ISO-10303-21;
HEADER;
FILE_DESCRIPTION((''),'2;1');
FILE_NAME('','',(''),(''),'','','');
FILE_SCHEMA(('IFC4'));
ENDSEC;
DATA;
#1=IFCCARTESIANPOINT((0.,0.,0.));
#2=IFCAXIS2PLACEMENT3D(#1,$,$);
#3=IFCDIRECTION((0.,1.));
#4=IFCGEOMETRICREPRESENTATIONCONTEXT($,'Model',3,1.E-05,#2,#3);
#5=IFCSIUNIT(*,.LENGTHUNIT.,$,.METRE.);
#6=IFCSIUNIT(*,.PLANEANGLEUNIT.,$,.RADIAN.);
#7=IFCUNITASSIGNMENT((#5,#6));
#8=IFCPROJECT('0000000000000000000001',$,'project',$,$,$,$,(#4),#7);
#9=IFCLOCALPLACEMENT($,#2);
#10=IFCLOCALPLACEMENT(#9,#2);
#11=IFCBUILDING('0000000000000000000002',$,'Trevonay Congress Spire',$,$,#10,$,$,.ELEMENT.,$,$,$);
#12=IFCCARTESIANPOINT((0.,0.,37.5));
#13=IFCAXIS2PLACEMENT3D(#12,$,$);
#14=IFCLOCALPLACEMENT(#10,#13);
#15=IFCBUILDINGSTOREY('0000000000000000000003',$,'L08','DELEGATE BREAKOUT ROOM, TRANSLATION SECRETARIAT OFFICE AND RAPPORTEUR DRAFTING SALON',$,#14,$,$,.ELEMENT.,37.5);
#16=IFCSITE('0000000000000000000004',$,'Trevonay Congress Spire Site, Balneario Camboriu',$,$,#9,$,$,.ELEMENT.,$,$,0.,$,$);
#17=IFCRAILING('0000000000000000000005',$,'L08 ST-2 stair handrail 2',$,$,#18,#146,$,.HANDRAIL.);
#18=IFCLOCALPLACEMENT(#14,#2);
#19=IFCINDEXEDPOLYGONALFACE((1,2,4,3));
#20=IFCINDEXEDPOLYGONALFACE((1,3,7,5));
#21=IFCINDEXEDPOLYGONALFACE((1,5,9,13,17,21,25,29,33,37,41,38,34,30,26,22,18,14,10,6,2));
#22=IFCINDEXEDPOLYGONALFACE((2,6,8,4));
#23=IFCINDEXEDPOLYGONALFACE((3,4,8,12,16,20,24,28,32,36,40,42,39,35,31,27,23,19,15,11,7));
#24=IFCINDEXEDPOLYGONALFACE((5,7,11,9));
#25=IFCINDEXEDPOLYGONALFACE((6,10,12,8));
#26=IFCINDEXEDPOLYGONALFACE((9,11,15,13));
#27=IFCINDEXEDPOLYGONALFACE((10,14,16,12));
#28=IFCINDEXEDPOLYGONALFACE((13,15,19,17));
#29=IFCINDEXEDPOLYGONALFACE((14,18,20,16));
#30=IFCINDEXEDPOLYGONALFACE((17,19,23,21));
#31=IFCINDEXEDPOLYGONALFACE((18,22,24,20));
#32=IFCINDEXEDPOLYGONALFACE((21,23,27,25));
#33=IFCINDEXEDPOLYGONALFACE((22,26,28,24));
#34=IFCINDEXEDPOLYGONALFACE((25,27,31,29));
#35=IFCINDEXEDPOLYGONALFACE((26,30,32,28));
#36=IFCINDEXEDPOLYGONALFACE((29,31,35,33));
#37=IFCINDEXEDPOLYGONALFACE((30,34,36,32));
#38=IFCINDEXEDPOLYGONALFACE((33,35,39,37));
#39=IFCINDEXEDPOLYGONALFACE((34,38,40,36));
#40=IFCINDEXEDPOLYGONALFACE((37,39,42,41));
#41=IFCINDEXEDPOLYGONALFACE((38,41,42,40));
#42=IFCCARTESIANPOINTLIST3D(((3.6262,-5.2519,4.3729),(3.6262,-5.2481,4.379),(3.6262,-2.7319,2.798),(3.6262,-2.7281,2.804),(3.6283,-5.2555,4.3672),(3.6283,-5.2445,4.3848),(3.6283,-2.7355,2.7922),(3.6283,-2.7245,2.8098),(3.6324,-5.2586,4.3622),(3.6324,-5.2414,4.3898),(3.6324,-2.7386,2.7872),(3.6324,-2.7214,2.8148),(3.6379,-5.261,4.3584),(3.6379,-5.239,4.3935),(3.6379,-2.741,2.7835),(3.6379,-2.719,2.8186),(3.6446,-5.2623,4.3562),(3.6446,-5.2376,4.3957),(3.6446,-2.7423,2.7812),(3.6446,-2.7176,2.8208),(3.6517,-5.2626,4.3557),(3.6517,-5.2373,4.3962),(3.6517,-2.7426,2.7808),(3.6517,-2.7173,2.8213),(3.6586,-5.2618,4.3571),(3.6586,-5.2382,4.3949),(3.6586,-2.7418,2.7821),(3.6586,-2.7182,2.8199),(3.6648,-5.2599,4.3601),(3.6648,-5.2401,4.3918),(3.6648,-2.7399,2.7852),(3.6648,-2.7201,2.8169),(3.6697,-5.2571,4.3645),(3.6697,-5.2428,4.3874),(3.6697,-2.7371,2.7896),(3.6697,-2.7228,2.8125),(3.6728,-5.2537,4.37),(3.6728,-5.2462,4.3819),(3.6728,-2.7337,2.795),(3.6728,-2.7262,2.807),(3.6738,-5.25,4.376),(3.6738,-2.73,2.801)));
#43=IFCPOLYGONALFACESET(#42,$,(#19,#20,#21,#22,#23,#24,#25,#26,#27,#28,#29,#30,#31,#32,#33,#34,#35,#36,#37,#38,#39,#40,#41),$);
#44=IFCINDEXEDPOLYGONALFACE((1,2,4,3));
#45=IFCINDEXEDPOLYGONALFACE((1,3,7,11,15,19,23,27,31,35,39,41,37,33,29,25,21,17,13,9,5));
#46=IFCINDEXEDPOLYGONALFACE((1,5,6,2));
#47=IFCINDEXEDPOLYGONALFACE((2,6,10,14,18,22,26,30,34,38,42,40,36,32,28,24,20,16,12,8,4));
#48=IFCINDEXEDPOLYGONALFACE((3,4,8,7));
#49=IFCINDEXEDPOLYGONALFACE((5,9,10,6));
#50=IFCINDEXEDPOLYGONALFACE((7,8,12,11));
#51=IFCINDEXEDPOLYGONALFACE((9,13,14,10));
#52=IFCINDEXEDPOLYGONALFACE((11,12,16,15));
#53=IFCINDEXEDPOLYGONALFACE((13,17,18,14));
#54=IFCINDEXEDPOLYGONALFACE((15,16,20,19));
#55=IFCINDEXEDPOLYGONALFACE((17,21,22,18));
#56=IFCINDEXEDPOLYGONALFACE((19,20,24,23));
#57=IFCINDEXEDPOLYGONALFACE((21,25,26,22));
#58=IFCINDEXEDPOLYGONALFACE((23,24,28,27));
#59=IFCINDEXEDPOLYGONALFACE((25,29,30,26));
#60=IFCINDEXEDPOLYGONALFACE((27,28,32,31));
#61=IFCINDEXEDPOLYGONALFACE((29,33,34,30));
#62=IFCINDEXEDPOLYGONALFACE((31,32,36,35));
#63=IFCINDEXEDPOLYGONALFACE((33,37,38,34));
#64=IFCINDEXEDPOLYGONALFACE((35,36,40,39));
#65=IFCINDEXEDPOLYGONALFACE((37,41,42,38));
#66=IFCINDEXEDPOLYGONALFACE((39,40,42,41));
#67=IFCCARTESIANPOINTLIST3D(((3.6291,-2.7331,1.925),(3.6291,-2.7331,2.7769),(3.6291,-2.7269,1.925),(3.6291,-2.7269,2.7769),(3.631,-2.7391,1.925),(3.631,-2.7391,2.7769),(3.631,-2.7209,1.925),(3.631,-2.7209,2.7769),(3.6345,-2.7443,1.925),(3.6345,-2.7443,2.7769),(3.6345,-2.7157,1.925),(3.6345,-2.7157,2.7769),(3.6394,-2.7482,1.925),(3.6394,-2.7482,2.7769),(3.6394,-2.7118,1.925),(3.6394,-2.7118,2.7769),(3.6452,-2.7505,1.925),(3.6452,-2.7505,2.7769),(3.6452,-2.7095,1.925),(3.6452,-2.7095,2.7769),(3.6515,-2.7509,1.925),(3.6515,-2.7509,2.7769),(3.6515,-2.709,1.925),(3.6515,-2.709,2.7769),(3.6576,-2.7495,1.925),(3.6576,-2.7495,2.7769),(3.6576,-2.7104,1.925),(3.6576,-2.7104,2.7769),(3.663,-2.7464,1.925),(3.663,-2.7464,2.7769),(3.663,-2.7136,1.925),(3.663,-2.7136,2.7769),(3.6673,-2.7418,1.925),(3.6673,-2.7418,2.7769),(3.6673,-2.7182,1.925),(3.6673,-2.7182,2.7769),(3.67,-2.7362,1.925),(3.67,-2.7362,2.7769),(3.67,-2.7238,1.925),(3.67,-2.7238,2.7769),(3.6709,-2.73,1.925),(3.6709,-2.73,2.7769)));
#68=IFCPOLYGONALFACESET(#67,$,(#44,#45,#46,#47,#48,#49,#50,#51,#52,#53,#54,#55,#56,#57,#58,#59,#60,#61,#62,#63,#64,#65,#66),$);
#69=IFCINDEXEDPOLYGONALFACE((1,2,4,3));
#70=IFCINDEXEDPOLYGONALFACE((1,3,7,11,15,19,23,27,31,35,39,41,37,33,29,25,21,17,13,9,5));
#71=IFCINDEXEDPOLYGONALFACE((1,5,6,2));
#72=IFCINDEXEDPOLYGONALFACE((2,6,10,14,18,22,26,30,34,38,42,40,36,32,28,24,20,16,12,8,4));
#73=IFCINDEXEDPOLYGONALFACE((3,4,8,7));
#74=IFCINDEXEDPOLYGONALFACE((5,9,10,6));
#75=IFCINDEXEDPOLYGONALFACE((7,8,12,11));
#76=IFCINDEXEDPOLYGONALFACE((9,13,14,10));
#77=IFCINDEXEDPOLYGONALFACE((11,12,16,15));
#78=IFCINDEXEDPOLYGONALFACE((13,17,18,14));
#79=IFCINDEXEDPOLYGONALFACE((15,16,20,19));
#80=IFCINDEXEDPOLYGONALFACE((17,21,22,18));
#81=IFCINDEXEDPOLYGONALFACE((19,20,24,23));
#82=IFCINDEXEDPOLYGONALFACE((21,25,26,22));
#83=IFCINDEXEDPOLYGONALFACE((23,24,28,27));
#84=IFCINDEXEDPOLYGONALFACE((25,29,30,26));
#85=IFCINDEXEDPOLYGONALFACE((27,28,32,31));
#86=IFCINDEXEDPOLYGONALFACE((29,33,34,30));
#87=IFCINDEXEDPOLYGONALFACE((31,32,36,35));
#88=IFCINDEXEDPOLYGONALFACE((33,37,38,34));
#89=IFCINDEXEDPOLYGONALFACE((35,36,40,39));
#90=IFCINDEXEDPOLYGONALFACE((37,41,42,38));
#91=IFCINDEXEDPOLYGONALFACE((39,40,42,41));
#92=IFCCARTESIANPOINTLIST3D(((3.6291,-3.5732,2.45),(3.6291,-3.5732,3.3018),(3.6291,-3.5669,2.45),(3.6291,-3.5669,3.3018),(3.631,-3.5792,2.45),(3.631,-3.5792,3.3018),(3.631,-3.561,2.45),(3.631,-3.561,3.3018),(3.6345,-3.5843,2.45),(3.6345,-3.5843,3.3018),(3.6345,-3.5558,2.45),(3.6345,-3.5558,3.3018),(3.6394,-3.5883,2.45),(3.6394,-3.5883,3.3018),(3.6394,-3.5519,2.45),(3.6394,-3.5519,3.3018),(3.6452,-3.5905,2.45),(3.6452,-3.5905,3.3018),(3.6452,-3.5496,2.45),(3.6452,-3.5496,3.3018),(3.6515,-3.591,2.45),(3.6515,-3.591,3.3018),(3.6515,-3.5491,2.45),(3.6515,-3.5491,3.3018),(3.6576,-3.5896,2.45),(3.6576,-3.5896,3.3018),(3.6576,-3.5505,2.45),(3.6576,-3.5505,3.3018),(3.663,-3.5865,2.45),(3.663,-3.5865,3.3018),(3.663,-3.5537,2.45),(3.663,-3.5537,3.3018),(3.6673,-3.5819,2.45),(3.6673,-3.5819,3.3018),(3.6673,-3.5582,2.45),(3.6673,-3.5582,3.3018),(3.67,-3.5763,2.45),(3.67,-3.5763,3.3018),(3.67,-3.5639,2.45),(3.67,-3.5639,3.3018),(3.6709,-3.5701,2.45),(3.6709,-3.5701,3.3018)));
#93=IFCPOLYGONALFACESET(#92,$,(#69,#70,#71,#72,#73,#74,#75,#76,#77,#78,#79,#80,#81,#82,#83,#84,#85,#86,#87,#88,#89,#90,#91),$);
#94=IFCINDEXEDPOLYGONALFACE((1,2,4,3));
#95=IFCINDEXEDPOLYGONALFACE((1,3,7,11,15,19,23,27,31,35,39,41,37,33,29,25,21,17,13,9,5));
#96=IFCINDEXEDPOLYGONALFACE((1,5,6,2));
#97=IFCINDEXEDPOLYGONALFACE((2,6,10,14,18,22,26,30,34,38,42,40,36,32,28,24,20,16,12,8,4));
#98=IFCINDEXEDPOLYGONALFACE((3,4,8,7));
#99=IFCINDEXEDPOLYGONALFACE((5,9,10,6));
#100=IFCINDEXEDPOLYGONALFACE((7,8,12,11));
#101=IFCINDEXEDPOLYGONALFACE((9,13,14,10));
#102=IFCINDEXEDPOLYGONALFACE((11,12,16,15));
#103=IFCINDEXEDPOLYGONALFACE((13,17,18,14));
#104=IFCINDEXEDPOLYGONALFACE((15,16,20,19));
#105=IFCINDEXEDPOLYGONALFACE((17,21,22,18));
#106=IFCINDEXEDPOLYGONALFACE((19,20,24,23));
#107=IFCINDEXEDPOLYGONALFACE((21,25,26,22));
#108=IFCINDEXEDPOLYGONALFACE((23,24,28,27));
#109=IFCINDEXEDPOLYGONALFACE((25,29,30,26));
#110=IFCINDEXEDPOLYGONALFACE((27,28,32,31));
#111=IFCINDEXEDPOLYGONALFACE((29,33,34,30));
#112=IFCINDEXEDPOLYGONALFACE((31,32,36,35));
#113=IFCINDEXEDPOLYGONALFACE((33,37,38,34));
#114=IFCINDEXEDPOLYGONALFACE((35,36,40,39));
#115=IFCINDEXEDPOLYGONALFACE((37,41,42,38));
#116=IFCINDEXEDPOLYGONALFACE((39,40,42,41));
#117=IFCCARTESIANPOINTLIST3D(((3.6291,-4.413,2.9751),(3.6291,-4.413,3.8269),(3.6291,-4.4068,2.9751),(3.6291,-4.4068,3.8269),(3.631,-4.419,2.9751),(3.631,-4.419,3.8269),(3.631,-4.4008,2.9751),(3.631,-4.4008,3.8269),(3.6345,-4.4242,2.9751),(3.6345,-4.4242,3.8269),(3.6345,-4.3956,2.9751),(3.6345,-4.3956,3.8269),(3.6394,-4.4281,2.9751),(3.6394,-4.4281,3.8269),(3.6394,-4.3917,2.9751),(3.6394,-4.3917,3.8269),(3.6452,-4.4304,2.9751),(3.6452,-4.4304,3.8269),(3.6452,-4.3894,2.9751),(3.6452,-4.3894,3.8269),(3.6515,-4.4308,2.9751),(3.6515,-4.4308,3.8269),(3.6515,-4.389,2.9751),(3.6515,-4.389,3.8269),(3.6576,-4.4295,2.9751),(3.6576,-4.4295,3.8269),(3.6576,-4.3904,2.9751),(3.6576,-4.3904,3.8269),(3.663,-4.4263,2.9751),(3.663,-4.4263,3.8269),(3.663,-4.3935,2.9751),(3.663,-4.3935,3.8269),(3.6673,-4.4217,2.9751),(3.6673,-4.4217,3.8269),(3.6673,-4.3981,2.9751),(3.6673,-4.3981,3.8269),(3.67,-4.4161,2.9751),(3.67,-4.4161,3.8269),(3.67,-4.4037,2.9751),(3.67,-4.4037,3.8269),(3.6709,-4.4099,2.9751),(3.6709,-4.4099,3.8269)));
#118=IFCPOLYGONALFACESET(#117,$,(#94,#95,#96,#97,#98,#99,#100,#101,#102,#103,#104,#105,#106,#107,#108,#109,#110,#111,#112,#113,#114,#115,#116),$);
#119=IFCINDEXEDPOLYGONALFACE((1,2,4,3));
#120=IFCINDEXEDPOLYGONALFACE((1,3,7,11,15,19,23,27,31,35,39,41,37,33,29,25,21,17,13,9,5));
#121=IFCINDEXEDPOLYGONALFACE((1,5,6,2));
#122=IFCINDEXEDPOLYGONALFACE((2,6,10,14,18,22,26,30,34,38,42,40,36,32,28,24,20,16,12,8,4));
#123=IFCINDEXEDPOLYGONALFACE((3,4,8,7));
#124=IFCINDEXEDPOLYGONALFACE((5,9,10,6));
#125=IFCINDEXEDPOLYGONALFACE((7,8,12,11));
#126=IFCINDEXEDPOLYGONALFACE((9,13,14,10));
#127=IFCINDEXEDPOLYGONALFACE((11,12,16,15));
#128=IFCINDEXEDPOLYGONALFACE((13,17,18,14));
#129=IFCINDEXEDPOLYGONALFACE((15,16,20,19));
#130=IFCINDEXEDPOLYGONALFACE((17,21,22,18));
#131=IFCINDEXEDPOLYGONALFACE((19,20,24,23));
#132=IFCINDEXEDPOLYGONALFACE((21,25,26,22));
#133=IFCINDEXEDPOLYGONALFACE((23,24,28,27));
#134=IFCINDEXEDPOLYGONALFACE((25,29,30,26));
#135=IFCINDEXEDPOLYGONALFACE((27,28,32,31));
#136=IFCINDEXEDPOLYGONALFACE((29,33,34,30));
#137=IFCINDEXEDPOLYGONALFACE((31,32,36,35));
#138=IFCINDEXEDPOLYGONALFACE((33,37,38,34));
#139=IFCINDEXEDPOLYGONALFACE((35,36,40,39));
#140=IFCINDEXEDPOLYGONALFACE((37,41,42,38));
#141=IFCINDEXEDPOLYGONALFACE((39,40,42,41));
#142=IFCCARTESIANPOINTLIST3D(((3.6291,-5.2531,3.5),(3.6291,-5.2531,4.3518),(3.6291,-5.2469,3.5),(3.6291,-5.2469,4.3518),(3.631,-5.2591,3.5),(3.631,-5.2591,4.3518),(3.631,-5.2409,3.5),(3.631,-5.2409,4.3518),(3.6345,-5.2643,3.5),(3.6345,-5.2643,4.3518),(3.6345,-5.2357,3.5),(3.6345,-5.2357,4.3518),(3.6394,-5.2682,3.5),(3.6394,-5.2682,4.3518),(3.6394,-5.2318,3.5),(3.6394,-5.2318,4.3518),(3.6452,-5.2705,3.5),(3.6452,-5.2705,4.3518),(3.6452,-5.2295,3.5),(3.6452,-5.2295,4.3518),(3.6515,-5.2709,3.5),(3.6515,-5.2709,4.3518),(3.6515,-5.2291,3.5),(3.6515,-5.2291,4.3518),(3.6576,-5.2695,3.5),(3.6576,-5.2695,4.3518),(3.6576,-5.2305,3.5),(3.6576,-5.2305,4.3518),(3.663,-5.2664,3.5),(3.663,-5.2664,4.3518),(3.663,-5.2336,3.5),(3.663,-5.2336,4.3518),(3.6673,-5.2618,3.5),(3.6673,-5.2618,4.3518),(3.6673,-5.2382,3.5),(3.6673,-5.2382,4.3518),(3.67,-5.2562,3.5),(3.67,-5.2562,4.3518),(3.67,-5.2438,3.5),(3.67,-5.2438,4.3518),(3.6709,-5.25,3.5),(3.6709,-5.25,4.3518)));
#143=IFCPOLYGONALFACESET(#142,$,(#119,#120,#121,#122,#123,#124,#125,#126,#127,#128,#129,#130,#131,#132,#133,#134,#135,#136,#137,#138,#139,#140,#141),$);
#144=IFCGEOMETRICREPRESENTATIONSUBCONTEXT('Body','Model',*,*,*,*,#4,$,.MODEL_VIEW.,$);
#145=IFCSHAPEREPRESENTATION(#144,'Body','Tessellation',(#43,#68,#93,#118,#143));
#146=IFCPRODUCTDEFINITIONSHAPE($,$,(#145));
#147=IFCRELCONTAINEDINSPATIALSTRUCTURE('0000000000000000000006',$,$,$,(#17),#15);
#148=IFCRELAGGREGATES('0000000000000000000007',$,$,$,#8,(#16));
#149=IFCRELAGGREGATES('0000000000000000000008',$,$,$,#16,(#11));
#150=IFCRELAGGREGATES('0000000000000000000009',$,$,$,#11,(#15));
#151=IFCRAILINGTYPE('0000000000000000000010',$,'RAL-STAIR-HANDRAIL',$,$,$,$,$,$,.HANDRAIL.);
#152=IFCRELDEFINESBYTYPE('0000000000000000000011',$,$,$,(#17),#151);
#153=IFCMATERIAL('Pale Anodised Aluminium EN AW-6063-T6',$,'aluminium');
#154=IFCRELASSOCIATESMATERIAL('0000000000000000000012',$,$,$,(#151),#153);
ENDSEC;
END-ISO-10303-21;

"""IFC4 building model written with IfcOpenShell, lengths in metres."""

from ifc_helpers import new_model, si_unit, direction, frame, origin, origin_2d, place, context, subcontext, project, spatial, circle, extrude, material, type_object, element, save


model = new_model("IFC4")

# Units and contexts
model_context = context("Model", 3, precision=1e-05, world=origin(), true_north=direction((0.0, 1.0)))
body_context = subcontext(model_context, "Body", "Model", "MODEL_VIEW")
ifc_project = project(units=[si_unit("LENGTHUNIT", "METRE"), si_unit("PLANEANGLEUNIT", "RADIAN")], contexts=[model_context])

# Site, building, storey
site_placement = place(None, origin())
site = spatial("IfcSite", under=ifc_project, at=site_placement, Name="Trevonay Congress Spire Site, Balneario Camboriu", CompositionType="ELEMENT", RefElevation=0.0)
building_placement = place(site_placement, origin())
building = spatial("IfcBuilding", under=site, at=building_placement, Name="Trevonay Congress Spire", CompositionType="ELEMENT")
storey_placement = place(building_placement, frame((0.0, 0.0, 37.5)))
storey = spatial("IfcBuildingStorey", under=building, at=storey_placement, Name="L08", Description="DELEGATE BREAKOUT ROOM, TRANSLATION SECRETARIAT OFFICE AND RAPPORTEUR DRAFTING SALON", CompositionType="ELEMENT", Elevation=37.5)

# Shared definitions
ifc_material_1 = material(Name="Pale Anodised Aluminium EN AW-6063-T6", Category="aluminium")

# Railing
railing_type_1 = type_object("IfcRailingType", Name="RAL-STAIR-HANDRAIL", PredefinedType="HANDRAIL", material=ifc_material_1)
railing_1_placement = place(storey_placement, frame((3.6499, -2.73, 1.925)))
element("IfcRailing", 1, at=railing_1_placement, inside=storey, type_object=railing_type_1, Name="L08 ST-2 stair handrail 2", PredefinedType="HANDRAIL", context=body_context, shape_type="SweptSolid", body=[
    extrude(circle(Radius=0.0239, at=origin_2d()), frame((0.0, 0.0, 0.876), z_axis=(0.0, -0.848008, 0.529984), x_axis=(1.0, 0.0, 0.0)), (0.0, 0.0, 1.0), 2.9717),
    extrude(circle(Radius=0.021, at=origin_2d()), origin(), (0.0, 0.0, 1.0), 0.8518),
    extrude(circle(Radius=0.021, at=origin_2d()), frame((0.0, -0.8401, 0.5249)), (0.0, 0.0, 1.0), 0.8518),
    extrude(circle(Radius=0.021, at=origin_2d()), frame((0.0, -1.6799, 1.05)), (0.0, 0.0, 1.0), 0.8518),
    extrude(circle(Radius=0.021, at=origin_2d()), frame((0.0, -2.52, 1.575)), (0.0, 0.0, 1.0), 0.8518),
])

save(model, "model.ifc")
